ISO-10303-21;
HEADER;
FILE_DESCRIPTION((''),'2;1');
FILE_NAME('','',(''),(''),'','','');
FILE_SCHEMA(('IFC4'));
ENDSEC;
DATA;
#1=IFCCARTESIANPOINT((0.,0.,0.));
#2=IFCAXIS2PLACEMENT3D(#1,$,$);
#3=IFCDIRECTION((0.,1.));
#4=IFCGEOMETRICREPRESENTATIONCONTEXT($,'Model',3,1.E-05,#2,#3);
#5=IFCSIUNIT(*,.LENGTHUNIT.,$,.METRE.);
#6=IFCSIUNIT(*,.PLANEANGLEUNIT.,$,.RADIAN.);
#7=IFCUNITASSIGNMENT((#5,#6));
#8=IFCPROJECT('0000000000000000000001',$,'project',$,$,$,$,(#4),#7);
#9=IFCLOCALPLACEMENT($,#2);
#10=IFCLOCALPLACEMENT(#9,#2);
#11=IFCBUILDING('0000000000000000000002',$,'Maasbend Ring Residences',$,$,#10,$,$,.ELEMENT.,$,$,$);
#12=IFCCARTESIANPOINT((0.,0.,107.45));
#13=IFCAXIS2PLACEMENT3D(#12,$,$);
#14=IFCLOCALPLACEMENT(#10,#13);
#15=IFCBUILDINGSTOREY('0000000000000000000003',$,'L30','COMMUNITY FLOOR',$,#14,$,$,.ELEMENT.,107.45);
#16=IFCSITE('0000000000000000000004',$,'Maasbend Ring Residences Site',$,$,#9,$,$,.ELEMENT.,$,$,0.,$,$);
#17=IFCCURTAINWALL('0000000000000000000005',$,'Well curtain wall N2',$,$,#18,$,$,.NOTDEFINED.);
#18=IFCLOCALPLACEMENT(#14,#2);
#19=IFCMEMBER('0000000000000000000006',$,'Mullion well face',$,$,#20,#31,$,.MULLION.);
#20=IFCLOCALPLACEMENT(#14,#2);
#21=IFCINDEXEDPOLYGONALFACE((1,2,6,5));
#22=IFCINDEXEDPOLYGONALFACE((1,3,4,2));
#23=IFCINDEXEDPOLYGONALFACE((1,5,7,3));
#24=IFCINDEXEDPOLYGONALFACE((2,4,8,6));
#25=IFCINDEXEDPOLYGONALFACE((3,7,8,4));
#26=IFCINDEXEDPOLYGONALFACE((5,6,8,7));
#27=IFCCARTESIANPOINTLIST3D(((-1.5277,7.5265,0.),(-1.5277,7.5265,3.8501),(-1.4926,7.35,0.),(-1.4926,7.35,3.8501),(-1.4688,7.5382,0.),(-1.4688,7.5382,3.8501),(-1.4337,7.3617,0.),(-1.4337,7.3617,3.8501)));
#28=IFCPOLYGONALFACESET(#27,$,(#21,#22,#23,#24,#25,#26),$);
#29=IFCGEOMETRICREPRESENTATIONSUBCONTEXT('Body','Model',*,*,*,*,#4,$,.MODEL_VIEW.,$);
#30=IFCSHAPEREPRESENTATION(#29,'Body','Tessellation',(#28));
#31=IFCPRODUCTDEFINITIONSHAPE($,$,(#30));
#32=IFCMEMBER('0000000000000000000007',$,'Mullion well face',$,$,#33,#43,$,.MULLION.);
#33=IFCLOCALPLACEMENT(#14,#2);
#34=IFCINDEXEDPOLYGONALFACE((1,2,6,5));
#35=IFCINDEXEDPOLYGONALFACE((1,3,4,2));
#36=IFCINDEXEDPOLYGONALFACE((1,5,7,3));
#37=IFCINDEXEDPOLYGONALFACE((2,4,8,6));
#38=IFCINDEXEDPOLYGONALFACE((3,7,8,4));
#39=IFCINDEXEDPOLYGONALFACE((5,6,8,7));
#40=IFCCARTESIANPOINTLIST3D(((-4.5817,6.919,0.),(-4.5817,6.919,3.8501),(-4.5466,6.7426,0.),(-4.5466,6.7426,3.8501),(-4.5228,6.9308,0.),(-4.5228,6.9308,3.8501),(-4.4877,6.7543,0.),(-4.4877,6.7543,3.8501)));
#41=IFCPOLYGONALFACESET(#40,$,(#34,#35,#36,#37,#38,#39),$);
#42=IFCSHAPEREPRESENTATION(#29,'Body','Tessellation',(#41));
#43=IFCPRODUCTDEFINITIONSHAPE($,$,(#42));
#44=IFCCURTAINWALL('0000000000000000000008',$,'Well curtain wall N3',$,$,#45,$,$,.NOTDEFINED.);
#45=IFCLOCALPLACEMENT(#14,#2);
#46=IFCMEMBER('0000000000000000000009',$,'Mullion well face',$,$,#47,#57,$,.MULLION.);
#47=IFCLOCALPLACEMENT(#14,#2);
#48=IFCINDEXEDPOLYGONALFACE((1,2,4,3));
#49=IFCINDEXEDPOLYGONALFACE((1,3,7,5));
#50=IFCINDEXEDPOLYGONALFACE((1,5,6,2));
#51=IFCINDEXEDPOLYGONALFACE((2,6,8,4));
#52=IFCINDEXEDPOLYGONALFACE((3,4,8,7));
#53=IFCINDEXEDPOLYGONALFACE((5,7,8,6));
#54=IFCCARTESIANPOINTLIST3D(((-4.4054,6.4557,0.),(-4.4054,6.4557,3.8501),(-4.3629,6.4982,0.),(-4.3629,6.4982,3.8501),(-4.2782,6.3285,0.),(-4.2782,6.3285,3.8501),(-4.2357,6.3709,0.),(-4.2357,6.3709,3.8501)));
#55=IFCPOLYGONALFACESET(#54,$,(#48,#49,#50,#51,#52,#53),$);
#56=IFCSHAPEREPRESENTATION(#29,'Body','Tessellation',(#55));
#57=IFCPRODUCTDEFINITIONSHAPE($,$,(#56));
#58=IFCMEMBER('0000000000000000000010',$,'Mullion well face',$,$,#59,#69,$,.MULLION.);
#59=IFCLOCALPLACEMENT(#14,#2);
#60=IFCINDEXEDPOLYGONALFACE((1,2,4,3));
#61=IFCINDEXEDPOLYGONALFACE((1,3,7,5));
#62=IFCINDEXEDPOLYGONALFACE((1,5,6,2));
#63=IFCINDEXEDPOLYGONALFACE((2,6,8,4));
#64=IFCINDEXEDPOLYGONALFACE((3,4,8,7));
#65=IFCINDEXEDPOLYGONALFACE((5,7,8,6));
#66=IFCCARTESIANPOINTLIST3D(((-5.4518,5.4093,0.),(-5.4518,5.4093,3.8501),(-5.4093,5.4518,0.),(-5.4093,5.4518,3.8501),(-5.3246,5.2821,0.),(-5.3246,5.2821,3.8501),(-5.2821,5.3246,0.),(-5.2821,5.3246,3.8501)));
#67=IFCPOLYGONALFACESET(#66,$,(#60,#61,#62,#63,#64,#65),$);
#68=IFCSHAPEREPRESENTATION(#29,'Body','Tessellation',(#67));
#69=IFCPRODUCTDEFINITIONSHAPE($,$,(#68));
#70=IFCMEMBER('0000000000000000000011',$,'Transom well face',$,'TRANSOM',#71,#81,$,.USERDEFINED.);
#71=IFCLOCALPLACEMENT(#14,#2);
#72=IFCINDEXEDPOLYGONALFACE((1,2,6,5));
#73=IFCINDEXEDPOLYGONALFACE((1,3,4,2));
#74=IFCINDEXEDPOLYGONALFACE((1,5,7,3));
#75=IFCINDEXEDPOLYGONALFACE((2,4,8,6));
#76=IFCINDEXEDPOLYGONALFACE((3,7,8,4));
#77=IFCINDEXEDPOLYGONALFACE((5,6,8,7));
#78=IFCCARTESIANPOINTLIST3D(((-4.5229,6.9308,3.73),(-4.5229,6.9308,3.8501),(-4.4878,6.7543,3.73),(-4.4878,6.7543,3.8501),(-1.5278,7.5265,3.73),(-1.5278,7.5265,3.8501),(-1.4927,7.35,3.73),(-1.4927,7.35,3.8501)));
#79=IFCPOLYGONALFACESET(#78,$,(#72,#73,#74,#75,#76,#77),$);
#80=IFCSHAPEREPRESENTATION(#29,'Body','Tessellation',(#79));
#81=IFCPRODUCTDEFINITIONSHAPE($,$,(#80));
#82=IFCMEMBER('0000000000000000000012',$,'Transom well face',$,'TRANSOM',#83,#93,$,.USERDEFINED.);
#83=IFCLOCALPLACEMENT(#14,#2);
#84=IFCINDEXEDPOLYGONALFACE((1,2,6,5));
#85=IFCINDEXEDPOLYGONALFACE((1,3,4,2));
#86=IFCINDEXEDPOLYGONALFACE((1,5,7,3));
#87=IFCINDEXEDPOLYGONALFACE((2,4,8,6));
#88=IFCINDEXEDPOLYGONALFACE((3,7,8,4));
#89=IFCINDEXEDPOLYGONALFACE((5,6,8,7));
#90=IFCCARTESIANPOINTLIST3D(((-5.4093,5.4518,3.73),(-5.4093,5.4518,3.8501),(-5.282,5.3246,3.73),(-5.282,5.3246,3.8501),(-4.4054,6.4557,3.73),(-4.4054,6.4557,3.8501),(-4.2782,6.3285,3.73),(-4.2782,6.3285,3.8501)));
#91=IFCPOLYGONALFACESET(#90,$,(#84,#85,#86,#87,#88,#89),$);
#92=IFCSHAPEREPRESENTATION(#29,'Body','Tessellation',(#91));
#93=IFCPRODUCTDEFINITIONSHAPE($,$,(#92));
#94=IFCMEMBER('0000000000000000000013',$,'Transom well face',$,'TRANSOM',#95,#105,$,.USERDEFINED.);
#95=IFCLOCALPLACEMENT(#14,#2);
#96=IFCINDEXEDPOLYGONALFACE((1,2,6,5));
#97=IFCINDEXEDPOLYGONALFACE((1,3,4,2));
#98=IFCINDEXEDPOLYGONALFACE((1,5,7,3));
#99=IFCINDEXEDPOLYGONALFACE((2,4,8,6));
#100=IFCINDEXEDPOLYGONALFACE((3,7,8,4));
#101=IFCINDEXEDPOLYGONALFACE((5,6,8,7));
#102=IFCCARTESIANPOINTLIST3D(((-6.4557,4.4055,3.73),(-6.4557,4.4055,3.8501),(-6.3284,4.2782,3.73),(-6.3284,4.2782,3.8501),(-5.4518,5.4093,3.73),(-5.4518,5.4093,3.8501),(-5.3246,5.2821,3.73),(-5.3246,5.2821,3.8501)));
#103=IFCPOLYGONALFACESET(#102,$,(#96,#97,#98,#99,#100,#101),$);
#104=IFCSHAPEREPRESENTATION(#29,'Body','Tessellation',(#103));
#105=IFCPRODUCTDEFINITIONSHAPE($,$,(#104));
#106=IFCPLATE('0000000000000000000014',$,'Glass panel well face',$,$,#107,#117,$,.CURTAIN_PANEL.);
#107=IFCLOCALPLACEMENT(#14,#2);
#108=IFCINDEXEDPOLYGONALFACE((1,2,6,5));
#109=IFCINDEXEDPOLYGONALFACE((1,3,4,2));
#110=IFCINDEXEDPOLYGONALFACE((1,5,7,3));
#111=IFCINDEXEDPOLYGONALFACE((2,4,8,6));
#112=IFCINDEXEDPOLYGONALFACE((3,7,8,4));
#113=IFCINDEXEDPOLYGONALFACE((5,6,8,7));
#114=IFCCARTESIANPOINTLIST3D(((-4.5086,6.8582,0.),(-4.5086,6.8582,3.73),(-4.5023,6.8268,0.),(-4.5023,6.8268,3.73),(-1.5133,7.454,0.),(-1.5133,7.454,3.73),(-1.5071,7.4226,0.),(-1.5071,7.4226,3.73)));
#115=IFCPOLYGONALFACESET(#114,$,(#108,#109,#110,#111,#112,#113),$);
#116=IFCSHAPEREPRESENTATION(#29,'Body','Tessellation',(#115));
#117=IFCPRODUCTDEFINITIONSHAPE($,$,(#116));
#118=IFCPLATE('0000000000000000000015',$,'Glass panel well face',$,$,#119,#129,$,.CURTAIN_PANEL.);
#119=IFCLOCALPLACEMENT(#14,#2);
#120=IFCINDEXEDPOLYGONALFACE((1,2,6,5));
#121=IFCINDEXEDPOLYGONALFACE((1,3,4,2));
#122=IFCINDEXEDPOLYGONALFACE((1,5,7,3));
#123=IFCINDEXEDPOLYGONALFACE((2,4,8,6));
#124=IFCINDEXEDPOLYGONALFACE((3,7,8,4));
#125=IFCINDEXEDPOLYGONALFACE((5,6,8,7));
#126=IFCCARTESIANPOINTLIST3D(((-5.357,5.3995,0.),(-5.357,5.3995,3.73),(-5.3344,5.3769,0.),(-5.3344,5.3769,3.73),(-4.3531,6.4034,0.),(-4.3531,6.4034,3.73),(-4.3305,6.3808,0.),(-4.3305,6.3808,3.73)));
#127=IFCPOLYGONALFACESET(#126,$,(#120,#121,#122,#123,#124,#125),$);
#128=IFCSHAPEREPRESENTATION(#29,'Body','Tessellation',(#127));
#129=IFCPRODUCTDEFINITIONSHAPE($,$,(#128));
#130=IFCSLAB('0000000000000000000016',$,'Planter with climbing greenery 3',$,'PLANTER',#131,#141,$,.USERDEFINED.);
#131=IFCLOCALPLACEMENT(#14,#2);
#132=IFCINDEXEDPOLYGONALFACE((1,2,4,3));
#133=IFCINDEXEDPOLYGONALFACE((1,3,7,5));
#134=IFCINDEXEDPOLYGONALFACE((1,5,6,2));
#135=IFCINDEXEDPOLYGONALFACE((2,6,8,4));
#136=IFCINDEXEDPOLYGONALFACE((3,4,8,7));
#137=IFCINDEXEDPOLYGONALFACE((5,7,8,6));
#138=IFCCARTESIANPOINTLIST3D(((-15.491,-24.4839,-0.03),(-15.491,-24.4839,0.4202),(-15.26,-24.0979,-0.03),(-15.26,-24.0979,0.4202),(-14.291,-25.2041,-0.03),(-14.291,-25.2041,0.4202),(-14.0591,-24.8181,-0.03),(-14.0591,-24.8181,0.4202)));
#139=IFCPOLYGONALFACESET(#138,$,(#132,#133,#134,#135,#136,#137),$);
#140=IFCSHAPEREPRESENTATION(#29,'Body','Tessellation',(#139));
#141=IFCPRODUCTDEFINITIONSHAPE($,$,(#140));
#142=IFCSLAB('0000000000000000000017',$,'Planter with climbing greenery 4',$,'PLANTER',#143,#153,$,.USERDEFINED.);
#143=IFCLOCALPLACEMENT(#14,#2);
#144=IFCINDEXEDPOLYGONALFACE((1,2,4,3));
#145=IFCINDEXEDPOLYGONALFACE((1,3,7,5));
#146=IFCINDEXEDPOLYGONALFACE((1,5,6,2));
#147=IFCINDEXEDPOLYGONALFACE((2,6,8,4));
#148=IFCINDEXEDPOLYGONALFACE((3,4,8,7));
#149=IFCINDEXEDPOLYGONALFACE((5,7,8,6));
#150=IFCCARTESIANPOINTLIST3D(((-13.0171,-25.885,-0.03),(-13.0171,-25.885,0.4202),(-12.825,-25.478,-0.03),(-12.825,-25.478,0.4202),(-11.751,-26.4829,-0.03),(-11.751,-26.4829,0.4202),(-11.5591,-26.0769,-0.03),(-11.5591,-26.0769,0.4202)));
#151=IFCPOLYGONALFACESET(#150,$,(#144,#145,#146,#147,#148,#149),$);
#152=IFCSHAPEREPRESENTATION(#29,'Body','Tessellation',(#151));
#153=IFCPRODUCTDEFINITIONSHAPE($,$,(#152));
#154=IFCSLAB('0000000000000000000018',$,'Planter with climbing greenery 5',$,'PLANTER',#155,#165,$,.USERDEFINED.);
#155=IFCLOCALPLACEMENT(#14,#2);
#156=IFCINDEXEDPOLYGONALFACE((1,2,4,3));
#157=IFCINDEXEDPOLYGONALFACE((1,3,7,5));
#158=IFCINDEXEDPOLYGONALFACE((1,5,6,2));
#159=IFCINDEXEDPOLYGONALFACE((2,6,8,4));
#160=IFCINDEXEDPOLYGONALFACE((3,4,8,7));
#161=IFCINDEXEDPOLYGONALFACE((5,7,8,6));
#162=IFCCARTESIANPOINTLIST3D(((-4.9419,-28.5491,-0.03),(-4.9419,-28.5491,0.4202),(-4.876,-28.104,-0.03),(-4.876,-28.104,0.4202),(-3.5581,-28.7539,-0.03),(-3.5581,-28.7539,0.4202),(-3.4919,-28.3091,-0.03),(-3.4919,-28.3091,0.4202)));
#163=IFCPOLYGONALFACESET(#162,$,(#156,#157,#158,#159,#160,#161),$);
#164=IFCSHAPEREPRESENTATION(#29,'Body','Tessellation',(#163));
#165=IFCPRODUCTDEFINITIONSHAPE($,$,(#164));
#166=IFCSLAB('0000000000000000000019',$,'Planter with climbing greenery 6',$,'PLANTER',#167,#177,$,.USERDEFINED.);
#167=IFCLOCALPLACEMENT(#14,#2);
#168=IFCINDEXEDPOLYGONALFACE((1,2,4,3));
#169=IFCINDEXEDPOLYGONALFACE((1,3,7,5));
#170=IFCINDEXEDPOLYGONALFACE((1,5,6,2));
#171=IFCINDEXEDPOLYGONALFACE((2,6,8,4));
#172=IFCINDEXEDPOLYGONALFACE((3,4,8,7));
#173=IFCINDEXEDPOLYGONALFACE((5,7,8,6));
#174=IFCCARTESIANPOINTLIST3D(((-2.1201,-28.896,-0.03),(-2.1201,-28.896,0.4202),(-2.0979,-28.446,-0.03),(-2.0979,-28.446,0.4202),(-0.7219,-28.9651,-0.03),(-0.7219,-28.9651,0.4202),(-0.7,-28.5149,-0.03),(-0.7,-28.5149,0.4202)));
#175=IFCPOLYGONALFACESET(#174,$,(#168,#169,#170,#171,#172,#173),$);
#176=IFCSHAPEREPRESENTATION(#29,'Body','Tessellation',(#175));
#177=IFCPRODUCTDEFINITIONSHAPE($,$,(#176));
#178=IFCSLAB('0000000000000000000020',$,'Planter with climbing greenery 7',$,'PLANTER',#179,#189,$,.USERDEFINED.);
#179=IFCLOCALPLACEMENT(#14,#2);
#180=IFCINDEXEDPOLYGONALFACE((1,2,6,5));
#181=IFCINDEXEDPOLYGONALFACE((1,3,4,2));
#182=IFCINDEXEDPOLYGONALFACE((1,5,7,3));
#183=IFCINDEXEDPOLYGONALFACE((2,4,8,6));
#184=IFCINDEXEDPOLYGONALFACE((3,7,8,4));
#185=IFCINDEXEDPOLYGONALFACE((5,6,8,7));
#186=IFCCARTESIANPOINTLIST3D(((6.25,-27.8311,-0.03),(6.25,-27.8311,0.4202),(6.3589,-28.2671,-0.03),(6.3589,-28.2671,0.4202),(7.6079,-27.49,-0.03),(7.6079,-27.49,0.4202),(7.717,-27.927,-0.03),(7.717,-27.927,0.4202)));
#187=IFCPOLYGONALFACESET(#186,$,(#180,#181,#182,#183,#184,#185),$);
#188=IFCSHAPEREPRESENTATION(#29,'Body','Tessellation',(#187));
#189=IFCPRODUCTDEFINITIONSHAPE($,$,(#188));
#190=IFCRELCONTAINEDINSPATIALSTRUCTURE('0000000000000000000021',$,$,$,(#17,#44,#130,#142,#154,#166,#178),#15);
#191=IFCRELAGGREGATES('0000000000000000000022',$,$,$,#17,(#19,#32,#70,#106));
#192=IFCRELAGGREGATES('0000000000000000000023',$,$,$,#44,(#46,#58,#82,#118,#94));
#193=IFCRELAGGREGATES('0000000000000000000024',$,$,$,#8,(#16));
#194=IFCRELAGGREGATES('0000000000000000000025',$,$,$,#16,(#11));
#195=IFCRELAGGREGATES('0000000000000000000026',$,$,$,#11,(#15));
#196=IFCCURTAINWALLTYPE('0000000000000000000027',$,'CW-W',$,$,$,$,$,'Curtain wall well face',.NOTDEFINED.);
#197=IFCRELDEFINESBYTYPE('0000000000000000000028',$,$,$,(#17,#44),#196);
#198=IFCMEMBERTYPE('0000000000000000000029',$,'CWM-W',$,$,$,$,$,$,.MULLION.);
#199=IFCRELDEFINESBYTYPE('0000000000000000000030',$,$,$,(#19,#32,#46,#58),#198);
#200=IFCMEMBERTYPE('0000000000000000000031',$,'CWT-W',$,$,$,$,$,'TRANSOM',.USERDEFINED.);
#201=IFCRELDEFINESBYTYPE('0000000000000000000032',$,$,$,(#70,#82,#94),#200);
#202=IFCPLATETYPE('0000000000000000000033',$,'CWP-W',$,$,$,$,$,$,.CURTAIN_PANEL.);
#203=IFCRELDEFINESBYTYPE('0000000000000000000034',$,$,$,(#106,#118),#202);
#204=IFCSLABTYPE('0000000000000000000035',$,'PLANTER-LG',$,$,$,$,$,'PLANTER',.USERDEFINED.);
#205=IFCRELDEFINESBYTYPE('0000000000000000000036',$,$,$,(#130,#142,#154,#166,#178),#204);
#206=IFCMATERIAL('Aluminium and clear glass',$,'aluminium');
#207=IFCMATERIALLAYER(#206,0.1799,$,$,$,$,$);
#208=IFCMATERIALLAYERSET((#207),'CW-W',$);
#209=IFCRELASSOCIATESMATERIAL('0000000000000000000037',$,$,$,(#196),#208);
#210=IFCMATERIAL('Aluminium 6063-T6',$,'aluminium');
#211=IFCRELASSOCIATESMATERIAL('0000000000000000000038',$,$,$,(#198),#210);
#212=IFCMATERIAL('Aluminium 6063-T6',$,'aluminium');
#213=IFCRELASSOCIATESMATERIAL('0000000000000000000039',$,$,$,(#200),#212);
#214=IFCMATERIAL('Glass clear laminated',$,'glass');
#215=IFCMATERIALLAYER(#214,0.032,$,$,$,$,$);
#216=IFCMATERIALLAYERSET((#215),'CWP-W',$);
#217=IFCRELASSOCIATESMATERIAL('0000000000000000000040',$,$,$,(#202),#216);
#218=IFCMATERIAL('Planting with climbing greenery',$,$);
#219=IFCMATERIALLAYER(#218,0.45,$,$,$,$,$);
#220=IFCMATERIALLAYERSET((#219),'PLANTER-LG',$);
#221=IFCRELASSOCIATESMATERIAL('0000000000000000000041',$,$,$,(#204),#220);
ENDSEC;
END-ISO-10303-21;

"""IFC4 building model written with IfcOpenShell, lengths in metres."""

from ifc_helpers import new_model, si_unit, direction, frame, origin, origin_2d, place, context, subcontext, project, spatial, polyline, rectangle, outline, extrude, material, layer, layer_set, material_profile, profile_set, type_object, element, aggregate, save


model = new_model("IFC4")

# Units and contexts
model_context = context("Model", 3, precision=1e-05, world=origin(), true_north=direction((0.0, 1.0)))
body_context = subcontext(model_context, "Body", "Model", "MODEL_VIEW")
ifc_project = project(units=[si_unit("LENGTHUNIT", "METRE"), si_unit("PLANEANGLEUNIT", "RADIAN")], contexts=[model_context])

# Site, building, storey
site_placement = place(None, origin())
site = spatial("IfcSite", under=ifc_project, at=site_placement, Name="Maasbend Ring Residences Site", CompositionType="ELEMENT", RefElevation=0.0)
building_placement = place(site_placement, origin())
building = spatial("IfcBuilding", under=site, at=building_placement, Name="Maasbend Ring Residences", CompositionType="ELEMENT")
storey_placement = place(building_placement, frame((0.0, 0.0, 107.45)))
storey = spatial("IfcBuildingStorey", under=building, at=storey_placement, Name="L30", Description="COMMUNITY FLOOR", CompositionType="ELEMENT", Elevation=107.45)

# Curtain walls, members
ifc_material_1 = material(Name="Aluminium and clear glass", Category="aluminium")
ifc_layer_1 = layer(ifc_material_1, 0.1799)
ifc_layer_set_1 = layer_set([ifc_layer_1], Name="CW-W")
curtain_wall_type = type_object("IfcCurtainWallType", Name="CW-W", ElementType="Curtain wall well face", PredefinedType="NOTDEFINED", material=ifc_layer_set_1)
curtain_wall_1_placement = place(storey_placement, origin())
curtain_wall_1 = element("IfcCurtainWall", 1, at=curtain_wall_1_placement, inside=storey, type_object=curtain_wall_type, Name="Well curtain wall N2", PredefinedType="NOTDEFINED")
ifc_material_2 = material(Name="Aluminium 6063-T6", Category="aluminium")
ifc_material_profile_1 = material_profile(ifc_material_2, rectangle(XDim=0.1799, YDim=0.0601, at=origin_2d()), Name="AL 180x60")
ifc_profile_set_1 = profile_set([ifc_material_profile_1], Name="Aluminium 6063-T6")
member_type_1 = type_object("IfcMemberType", Name="CWM-W", PredefinedType="MULLION", material=ifc_profile_set_1)
member_1_placement = place(storey_placement, frame((-1.4807, 7.4441, 0.0), z_axis=(0.0, 0.0, 1.0), x_axis=(0.19509, -0.980785, 0.0)))
member_1 = element("IfcMember", 2, at=member_1_placement, type_object=member_type_1, Name="Mullion well face", PredefinedType="MULLION", context=body_context, shape_type="SweptSolid", body=[
    extrude(rectangle(XDim=0.1799, YDim=0.0601, at=origin_2d()), origin(), (0.0, 0.0, 1.0), 3.8501),
])
member_2_placement = place(storey_placement, frame((-4.5347, 6.8367, 0.0), z_axis=(0.0, 0.0, 1.0), x_axis=(0.19509, -0.980785, 0.0)))
member_2 = element("IfcMember", 3, at=member_2_placement, type_object=member_type_1, Name="Mullion well face", PredefinedType="MULLION", context=body_context, shape_type="SweptSolid", body=[
    extrude(rectangle(XDim=0.1799, YDim=0.0601, at=origin_2d()), origin(), (0.0, 0.0, 1.0), 3.8501),
])
curtain_wall_2_placement = place(storey_placement, origin())
curtain_wall_2 = element("IfcCurtainWall", 4, at=curtain_wall_2_placement, inside=storey, type_object=curtain_wall_type, Name="Well curtain wall N3", PredefinedType="NOTDEFINED")
member_3_placement = place(storey_placement, frame((-4.3206, 6.4133, 0.0), z_axis=(0.0, 0.0, 1.0), x_axis=(0.707107, -0.707107, 0.0)))
member_3 = element("IfcMember", 5, at=member_3_placement, type_object=member_type_1, Name="Mullion well face", PredefinedType="MULLION", context=body_context, shape_type="SweptSolid", body=[
    extrude(rectangle(XDim=0.1799, YDim=0.0601, at=origin_2d()), origin(), (0.0, 0.0, 1.0), 3.8501),
])
member_4_placement = place(storey_placement, frame((-5.3669, 5.3669, 0.0), z_axis=(0.0, 0.0, 1.0), x_axis=(0.707107, -0.707107, 0.0)))
member_4 = element("IfcMember", 6, at=member_4_placement, type_object=member_type_1, Name="Mullion well face", PredefinedType="MULLION", context=body_context, shape_type="SweptSolid", body=[
    extrude(rectangle(XDim=0.1799, YDim=0.0601, at=origin_2d()), origin(), (0.0, 0.0, 1.0), 3.8501),
])

# Members
ifc_material_3 = material(Name="Aluminium 6063-T6", Category="aluminium")
ifc_material_profile_2 = material_profile(ifc_material_3, rectangle(XDim=0.1799, YDim=0.1201, at=origin_2d()), Name="AL 180x120")
ifc_profile_set_2 = profile_set([ifc_material_profile_2], Name="Aluminium 6063-T6")
member_type_2 = type_object("IfcMemberType", Name="CWT-W", ElementType="TRANSOM", PredefinedType="USERDEFINED", material=ifc_profile_set_2)
member_5_placement = place(storey_placement, frame((-1.5103, 7.4382, 3.79), z_axis=(-0.980789, -0.195071, 0.0), x_axis=(0.195071, -0.980789, 0.0)))
member_5 = element("IfcMember", 7, at=member_5_placement, type_object=member_type_2, Name="Transom well face", ObjectType="TRANSOM", PredefinedType="USERDEFINED", context=body_context, shape_type="SweptSolid", body=[
    extrude(rectangle(XDim=0.1799, YDim=0.1201, at=origin_2d()), origin(), (0.0, 0.0, 1.0), 3.0537),
])
member_6_placement = place(storey_placement, frame((-4.3418, 6.3921, 3.79), z_axis=(-0.707107, -0.707107, 0.0), x_axis=(0.707107, -0.707107, 0.0)))
member_6 = element("IfcMember", 8, at=member_6_placement, type_object=member_type_2, Name="Transom well face", ObjectType="TRANSOM", PredefinedType="USERDEFINED", context=body_context, shape_type="SweptSolid", body=[
    extrude(rectangle(XDim=0.1799, YDim=0.1201, at=origin_2d()), origin(), (0.0, 0.0, 1.0), 1.4197),
])
member_7_placement = place(storey_placement, frame((-5.3882, 5.3457, 3.79), z_axis=(-0.707107, -0.707107, 0.0), x_axis=(0.707107, -0.707107, 0.0)))
member_7 = element("IfcMember", 9, at=member_7_placement, type_object=member_type_2, Name="Transom well face", ObjectType="TRANSOM", PredefinedType="USERDEFINED", context=body_context, shape_type="SweptSolid", body=[
    extrude(rectangle(XDim=0.1799, YDim=0.1201, at=origin_2d()), origin(), (0.0, 0.0, 1.0), 1.4197),
])

# Plates
ifc_material_4 = material(Name="Glass clear laminated", Category="glass")
ifc_layer_2 = layer(ifc_material_4, 0.032)
ifc_layer_set_2 = layer_set([ifc_layer_2], Name="CWP-W")
plate_type = type_object("IfcPlateType", Name="CWP-W", PredefinedType="CURTAIN_PANEL", material=ifc_layer_set_2)
plate_1_placement = place(storey_placement, frame((-3.0078, 7.1404, 0.0), z_axis=(0.0, 0.0, 1.0), x_axis=(-0.980785, -0.19509, 0.0)))
plate_1 = element("IfcPlate", 10, at=plate_1_placement, type_object=plate_type, Name="Glass panel well face", PredefinedType="CURTAIN_PANEL", context=body_context, shape_type="SweptSolid", body=[
    extrude(rectangle(XDim=3.054, YDim=0.032, at=origin_2d()), origin(), (0.0, 0.0, 1.0), 3.73),
])
aggregate(curtain_wall_1, [member_1, member_2, member_5, plate_1])
plate_2_placement = place(storey_placement, frame((-4.8438, 5.8901, 0.0), z_axis=(0.0, 0.0, 1.0), x_axis=(-0.707107, -0.707107, 0.0)))
plate_2 = element("IfcPlate", 11, at=plate_2_placement, type_object=plate_type, Name="Glass panel well face", PredefinedType="CURTAIN_PANEL", context=body_context, shape_type="SweptSolid", body=[
    extrude(rectangle(XDim=1.4197, YDim=0.032, at=origin_2d()), origin(), (0.0, 0.0, 1.0), 3.73),
])
aggregate(curtain_wall_2, [member_3, member_4, member_6, plate_2, member_7])

# Slabs
ifc_material_5 = material(Name="Planting with climbing greenery")
ifc_layer_3 = layer(ifc_material_5, 0.45)
ifc_layer_set_3 = layer_set([ifc_layer_3], Name="PLANTER-LG")
slab_type = type_object("IfcSlabType", Name="PLANTER-LG", ElementType="PLANTER", PredefinedType="USERDEFINED", material=ifc_layer_set_3)
slab_1_placement = place(storey_placement, frame((0.0, 0.0, -0.03)))
element("IfcSlab", 12, at=slab_1_placement, inside=storey, type_object=slab_type, Name="Planter with climbing greenery 3", ObjectType="PLANTER", PredefinedType="USERDEFINED", context=body_context, shape_type="SweptSolid", body=[
    extrude(outline(polyline([(-15.491, -24.4839), (-14.291, -25.2041), (-14.0591, -24.8181), (-15.26, -24.0979), (-15.491, -24.4839)])), origin(), (0.0, 0.0, 1.0), 0.4502),
])
slab_2_placement = place(storey_placement, frame((0.0, 0.0, -0.03)))
element("IfcSlab", 13, at=slab_2_placement, inside=storey, type_object=slab_type, Name="Planter with climbing greenery 4", ObjectType="PLANTER", PredefinedType="USERDEFINED", context=body_context, shape_type="SweptSolid", body=[
    extrude(outline(polyline([(-13.0171, -25.885), (-11.751, -26.4829), (-11.5591, -26.0769), (-12.825, -25.478), (-13.0171, -25.885)])), origin(), (0.0, 0.0, 1.0), 0.4502),
])
slab_3_placement = place(storey_placement, frame((0.0, 0.0, -0.03)))
element("IfcSlab", 14, at=slab_3_placement, inside=storey, type_object=slab_type, Name="Planter with climbing greenery 5", ObjectType="PLANTER", PredefinedType="USERDEFINED", context=body_context, shape_type="SweptSolid", body=[
    extrude(outline(polyline([(-4.9419, -28.5491), (-3.5581, -28.7539), (-3.4919, -28.3091), (-4.876, -28.104), (-4.9419, -28.5491)])), origin(), (0.0, 0.0, 1.0), 0.4502),
])
slab_4_placement = place(storey_placement, frame((0.0, 0.0, -0.03)))
element("IfcSlab", 15, at=slab_4_placement, inside=storey, type_object=slab_type, Name="Planter with climbing greenery 6", ObjectType="PLANTER", PredefinedType="USERDEFINED", context=body_context, shape_type="SweptSolid", body=[
    extrude(outline(polyline([(-2.1201, -28.896), (-0.7219, -28.9651), (-0.7, -28.5149), (-2.0979, -28.446), (-2.1201, -28.896)])), origin(), (0.0, 0.0, 1.0), 0.4502),
])
slab_5_placement = place(storey_placement, frame((0.0, 0.0, -0.03)))
element("IfcSlab", 16, at=slab_5_placement, inside=storey, type_object=slab_type, Name="Planter with climbing greenery 7", ObjectType="PLANTER", PredefinedType="USERDEFINED", context=body_context, shape_type="SweptSolid", body=[
    extrude(outline(polyline([(6.3589, -28.2671), (7.717, -27.927), (7.6079, -27.49), (6.25, -27.8311), (6.3589, -28.2671)])), origin(), (0.0, 0.0, 1.0), 0.4502),
])

save(model, "model.ifc")
